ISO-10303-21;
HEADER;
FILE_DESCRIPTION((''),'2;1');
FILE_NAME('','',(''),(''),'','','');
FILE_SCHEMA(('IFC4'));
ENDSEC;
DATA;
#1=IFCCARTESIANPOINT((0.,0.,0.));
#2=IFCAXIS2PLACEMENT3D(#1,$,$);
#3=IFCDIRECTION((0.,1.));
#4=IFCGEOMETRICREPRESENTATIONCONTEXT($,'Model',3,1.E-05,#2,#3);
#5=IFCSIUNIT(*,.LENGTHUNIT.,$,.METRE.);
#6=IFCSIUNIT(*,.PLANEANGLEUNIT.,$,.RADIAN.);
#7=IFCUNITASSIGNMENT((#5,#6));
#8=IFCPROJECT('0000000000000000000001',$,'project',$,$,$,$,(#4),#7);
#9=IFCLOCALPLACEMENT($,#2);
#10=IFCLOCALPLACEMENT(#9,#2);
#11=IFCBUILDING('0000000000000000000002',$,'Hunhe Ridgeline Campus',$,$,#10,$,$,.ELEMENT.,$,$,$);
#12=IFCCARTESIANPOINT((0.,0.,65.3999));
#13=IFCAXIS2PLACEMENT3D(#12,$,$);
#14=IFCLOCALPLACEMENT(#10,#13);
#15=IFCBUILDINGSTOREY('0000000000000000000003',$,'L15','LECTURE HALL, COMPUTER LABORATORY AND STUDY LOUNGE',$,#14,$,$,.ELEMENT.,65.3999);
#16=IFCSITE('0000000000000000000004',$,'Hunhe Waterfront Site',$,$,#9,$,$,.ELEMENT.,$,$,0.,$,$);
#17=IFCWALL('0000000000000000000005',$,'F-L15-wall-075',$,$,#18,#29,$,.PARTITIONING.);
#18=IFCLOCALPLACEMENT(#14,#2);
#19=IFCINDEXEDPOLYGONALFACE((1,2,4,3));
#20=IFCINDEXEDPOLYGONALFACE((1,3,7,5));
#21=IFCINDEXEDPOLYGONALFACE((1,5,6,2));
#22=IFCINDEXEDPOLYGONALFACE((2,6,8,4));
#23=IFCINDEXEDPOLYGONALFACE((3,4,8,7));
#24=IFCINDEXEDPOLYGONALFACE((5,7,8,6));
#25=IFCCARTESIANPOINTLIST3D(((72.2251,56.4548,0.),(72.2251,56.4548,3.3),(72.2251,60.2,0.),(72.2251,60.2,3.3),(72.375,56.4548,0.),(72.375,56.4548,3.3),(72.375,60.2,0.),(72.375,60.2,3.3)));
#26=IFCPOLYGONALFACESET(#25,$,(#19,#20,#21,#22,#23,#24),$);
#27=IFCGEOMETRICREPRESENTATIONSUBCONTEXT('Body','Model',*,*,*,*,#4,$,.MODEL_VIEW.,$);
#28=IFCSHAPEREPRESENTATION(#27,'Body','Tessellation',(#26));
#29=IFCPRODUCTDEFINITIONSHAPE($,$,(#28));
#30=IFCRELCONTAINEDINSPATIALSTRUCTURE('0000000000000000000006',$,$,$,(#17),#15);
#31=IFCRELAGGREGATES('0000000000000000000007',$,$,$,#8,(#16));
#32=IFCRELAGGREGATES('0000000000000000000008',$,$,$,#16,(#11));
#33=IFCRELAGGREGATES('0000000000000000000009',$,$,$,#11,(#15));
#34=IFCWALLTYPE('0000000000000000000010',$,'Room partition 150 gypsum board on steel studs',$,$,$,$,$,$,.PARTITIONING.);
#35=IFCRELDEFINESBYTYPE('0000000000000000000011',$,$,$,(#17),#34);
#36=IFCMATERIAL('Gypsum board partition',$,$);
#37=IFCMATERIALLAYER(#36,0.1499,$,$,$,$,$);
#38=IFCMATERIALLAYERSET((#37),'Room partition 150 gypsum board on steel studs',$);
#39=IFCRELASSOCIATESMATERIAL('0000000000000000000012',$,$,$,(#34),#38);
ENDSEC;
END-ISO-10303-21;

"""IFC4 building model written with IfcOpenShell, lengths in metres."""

from ifc_helpers import new_model, si_unit, direction, frame, frame_2d, origin, place, context, subcontext, project, spatial, rectangle, extrude, material, layer, layer_set, type_object, element, save


model = new_model("IFC4")

# Units and contexts
model_context = context("Model", 3, precision=1e-05, world=origin(), true_north=direction((0.0, 1.0)))
body_context = subcontext(model_context, "Body", "Model", "MODEL_VIEW")
ifc_project = project(units=[si_unit("LENGTHUNIT", "METRE"), si_unit("PLANEANGLEUNIT", "RADIAN")], contexts=[model_context])

# Site, building, storey
site_placement = place(None, origin())
site = spatial("IfcSite", under=ifc_project, at=site_placement, Name="Hunhe Waterfront Site", CompositionType="ELEMENT", RefElevation=0.0)
building_placement = place(site_placement, origin())
building = spatial("IfcBuilding", under=site, at=building_placement, Name="Hunhe Ridgeline Campus", CompositionType="ELEMENT")
storey_placement = place(building_placement, frame((0.0, 0.0, 65.3999)))
storey = spatial("IfcBuildingStorey", under=building, at=storey_placement, Name="L15", Description="LECTURE HALL, COMPUTER LABORATORY AND STUDY LOUNGE", CompositionType="ELEMENT", Elevation=65.3999)

# Shared definitions
ifc_material_1 = material(Name="Gypsum board partition")

# Wall
ifc_layer_1 = layer(ifc_material_1, 0.1499)
ifc_layer_set_1 = layer_set([ifc_layer_1], Name="Room partition 150 gypsum board on steel studs")
wall_type_1 = type_object("IfcWallType", Name="Room partition 150 gypsum board on steel studs", PredefinedType="PARTITIONING", material=ifc_layer_set_1)
for number, where, z_axis, x_axis, name in (
    (1, (72.3, 60.2, 0.0), (0.0, 0.0, 1.0), (0.0, -1.0, 0.0), "F-L15-wall-075"),
):
    element("IfcWall", number, at=place(storey_placement, frame(where, z_axis=z_axis, x_axis=x_axis)), inside=storey, type_object=wall_type_1, Name=name, PredefinedType="PARTITIONING", context=body_context, shape_type="SweptSolid", body=[
        extrude(rectangle(XDim=3.7451, YDim=0.1499, at=frame_2d((1.8726, 0.0))), origin(), (0.0, 0.0, 1.0), 3.3),
    ])

save(model, "model.ifc")
